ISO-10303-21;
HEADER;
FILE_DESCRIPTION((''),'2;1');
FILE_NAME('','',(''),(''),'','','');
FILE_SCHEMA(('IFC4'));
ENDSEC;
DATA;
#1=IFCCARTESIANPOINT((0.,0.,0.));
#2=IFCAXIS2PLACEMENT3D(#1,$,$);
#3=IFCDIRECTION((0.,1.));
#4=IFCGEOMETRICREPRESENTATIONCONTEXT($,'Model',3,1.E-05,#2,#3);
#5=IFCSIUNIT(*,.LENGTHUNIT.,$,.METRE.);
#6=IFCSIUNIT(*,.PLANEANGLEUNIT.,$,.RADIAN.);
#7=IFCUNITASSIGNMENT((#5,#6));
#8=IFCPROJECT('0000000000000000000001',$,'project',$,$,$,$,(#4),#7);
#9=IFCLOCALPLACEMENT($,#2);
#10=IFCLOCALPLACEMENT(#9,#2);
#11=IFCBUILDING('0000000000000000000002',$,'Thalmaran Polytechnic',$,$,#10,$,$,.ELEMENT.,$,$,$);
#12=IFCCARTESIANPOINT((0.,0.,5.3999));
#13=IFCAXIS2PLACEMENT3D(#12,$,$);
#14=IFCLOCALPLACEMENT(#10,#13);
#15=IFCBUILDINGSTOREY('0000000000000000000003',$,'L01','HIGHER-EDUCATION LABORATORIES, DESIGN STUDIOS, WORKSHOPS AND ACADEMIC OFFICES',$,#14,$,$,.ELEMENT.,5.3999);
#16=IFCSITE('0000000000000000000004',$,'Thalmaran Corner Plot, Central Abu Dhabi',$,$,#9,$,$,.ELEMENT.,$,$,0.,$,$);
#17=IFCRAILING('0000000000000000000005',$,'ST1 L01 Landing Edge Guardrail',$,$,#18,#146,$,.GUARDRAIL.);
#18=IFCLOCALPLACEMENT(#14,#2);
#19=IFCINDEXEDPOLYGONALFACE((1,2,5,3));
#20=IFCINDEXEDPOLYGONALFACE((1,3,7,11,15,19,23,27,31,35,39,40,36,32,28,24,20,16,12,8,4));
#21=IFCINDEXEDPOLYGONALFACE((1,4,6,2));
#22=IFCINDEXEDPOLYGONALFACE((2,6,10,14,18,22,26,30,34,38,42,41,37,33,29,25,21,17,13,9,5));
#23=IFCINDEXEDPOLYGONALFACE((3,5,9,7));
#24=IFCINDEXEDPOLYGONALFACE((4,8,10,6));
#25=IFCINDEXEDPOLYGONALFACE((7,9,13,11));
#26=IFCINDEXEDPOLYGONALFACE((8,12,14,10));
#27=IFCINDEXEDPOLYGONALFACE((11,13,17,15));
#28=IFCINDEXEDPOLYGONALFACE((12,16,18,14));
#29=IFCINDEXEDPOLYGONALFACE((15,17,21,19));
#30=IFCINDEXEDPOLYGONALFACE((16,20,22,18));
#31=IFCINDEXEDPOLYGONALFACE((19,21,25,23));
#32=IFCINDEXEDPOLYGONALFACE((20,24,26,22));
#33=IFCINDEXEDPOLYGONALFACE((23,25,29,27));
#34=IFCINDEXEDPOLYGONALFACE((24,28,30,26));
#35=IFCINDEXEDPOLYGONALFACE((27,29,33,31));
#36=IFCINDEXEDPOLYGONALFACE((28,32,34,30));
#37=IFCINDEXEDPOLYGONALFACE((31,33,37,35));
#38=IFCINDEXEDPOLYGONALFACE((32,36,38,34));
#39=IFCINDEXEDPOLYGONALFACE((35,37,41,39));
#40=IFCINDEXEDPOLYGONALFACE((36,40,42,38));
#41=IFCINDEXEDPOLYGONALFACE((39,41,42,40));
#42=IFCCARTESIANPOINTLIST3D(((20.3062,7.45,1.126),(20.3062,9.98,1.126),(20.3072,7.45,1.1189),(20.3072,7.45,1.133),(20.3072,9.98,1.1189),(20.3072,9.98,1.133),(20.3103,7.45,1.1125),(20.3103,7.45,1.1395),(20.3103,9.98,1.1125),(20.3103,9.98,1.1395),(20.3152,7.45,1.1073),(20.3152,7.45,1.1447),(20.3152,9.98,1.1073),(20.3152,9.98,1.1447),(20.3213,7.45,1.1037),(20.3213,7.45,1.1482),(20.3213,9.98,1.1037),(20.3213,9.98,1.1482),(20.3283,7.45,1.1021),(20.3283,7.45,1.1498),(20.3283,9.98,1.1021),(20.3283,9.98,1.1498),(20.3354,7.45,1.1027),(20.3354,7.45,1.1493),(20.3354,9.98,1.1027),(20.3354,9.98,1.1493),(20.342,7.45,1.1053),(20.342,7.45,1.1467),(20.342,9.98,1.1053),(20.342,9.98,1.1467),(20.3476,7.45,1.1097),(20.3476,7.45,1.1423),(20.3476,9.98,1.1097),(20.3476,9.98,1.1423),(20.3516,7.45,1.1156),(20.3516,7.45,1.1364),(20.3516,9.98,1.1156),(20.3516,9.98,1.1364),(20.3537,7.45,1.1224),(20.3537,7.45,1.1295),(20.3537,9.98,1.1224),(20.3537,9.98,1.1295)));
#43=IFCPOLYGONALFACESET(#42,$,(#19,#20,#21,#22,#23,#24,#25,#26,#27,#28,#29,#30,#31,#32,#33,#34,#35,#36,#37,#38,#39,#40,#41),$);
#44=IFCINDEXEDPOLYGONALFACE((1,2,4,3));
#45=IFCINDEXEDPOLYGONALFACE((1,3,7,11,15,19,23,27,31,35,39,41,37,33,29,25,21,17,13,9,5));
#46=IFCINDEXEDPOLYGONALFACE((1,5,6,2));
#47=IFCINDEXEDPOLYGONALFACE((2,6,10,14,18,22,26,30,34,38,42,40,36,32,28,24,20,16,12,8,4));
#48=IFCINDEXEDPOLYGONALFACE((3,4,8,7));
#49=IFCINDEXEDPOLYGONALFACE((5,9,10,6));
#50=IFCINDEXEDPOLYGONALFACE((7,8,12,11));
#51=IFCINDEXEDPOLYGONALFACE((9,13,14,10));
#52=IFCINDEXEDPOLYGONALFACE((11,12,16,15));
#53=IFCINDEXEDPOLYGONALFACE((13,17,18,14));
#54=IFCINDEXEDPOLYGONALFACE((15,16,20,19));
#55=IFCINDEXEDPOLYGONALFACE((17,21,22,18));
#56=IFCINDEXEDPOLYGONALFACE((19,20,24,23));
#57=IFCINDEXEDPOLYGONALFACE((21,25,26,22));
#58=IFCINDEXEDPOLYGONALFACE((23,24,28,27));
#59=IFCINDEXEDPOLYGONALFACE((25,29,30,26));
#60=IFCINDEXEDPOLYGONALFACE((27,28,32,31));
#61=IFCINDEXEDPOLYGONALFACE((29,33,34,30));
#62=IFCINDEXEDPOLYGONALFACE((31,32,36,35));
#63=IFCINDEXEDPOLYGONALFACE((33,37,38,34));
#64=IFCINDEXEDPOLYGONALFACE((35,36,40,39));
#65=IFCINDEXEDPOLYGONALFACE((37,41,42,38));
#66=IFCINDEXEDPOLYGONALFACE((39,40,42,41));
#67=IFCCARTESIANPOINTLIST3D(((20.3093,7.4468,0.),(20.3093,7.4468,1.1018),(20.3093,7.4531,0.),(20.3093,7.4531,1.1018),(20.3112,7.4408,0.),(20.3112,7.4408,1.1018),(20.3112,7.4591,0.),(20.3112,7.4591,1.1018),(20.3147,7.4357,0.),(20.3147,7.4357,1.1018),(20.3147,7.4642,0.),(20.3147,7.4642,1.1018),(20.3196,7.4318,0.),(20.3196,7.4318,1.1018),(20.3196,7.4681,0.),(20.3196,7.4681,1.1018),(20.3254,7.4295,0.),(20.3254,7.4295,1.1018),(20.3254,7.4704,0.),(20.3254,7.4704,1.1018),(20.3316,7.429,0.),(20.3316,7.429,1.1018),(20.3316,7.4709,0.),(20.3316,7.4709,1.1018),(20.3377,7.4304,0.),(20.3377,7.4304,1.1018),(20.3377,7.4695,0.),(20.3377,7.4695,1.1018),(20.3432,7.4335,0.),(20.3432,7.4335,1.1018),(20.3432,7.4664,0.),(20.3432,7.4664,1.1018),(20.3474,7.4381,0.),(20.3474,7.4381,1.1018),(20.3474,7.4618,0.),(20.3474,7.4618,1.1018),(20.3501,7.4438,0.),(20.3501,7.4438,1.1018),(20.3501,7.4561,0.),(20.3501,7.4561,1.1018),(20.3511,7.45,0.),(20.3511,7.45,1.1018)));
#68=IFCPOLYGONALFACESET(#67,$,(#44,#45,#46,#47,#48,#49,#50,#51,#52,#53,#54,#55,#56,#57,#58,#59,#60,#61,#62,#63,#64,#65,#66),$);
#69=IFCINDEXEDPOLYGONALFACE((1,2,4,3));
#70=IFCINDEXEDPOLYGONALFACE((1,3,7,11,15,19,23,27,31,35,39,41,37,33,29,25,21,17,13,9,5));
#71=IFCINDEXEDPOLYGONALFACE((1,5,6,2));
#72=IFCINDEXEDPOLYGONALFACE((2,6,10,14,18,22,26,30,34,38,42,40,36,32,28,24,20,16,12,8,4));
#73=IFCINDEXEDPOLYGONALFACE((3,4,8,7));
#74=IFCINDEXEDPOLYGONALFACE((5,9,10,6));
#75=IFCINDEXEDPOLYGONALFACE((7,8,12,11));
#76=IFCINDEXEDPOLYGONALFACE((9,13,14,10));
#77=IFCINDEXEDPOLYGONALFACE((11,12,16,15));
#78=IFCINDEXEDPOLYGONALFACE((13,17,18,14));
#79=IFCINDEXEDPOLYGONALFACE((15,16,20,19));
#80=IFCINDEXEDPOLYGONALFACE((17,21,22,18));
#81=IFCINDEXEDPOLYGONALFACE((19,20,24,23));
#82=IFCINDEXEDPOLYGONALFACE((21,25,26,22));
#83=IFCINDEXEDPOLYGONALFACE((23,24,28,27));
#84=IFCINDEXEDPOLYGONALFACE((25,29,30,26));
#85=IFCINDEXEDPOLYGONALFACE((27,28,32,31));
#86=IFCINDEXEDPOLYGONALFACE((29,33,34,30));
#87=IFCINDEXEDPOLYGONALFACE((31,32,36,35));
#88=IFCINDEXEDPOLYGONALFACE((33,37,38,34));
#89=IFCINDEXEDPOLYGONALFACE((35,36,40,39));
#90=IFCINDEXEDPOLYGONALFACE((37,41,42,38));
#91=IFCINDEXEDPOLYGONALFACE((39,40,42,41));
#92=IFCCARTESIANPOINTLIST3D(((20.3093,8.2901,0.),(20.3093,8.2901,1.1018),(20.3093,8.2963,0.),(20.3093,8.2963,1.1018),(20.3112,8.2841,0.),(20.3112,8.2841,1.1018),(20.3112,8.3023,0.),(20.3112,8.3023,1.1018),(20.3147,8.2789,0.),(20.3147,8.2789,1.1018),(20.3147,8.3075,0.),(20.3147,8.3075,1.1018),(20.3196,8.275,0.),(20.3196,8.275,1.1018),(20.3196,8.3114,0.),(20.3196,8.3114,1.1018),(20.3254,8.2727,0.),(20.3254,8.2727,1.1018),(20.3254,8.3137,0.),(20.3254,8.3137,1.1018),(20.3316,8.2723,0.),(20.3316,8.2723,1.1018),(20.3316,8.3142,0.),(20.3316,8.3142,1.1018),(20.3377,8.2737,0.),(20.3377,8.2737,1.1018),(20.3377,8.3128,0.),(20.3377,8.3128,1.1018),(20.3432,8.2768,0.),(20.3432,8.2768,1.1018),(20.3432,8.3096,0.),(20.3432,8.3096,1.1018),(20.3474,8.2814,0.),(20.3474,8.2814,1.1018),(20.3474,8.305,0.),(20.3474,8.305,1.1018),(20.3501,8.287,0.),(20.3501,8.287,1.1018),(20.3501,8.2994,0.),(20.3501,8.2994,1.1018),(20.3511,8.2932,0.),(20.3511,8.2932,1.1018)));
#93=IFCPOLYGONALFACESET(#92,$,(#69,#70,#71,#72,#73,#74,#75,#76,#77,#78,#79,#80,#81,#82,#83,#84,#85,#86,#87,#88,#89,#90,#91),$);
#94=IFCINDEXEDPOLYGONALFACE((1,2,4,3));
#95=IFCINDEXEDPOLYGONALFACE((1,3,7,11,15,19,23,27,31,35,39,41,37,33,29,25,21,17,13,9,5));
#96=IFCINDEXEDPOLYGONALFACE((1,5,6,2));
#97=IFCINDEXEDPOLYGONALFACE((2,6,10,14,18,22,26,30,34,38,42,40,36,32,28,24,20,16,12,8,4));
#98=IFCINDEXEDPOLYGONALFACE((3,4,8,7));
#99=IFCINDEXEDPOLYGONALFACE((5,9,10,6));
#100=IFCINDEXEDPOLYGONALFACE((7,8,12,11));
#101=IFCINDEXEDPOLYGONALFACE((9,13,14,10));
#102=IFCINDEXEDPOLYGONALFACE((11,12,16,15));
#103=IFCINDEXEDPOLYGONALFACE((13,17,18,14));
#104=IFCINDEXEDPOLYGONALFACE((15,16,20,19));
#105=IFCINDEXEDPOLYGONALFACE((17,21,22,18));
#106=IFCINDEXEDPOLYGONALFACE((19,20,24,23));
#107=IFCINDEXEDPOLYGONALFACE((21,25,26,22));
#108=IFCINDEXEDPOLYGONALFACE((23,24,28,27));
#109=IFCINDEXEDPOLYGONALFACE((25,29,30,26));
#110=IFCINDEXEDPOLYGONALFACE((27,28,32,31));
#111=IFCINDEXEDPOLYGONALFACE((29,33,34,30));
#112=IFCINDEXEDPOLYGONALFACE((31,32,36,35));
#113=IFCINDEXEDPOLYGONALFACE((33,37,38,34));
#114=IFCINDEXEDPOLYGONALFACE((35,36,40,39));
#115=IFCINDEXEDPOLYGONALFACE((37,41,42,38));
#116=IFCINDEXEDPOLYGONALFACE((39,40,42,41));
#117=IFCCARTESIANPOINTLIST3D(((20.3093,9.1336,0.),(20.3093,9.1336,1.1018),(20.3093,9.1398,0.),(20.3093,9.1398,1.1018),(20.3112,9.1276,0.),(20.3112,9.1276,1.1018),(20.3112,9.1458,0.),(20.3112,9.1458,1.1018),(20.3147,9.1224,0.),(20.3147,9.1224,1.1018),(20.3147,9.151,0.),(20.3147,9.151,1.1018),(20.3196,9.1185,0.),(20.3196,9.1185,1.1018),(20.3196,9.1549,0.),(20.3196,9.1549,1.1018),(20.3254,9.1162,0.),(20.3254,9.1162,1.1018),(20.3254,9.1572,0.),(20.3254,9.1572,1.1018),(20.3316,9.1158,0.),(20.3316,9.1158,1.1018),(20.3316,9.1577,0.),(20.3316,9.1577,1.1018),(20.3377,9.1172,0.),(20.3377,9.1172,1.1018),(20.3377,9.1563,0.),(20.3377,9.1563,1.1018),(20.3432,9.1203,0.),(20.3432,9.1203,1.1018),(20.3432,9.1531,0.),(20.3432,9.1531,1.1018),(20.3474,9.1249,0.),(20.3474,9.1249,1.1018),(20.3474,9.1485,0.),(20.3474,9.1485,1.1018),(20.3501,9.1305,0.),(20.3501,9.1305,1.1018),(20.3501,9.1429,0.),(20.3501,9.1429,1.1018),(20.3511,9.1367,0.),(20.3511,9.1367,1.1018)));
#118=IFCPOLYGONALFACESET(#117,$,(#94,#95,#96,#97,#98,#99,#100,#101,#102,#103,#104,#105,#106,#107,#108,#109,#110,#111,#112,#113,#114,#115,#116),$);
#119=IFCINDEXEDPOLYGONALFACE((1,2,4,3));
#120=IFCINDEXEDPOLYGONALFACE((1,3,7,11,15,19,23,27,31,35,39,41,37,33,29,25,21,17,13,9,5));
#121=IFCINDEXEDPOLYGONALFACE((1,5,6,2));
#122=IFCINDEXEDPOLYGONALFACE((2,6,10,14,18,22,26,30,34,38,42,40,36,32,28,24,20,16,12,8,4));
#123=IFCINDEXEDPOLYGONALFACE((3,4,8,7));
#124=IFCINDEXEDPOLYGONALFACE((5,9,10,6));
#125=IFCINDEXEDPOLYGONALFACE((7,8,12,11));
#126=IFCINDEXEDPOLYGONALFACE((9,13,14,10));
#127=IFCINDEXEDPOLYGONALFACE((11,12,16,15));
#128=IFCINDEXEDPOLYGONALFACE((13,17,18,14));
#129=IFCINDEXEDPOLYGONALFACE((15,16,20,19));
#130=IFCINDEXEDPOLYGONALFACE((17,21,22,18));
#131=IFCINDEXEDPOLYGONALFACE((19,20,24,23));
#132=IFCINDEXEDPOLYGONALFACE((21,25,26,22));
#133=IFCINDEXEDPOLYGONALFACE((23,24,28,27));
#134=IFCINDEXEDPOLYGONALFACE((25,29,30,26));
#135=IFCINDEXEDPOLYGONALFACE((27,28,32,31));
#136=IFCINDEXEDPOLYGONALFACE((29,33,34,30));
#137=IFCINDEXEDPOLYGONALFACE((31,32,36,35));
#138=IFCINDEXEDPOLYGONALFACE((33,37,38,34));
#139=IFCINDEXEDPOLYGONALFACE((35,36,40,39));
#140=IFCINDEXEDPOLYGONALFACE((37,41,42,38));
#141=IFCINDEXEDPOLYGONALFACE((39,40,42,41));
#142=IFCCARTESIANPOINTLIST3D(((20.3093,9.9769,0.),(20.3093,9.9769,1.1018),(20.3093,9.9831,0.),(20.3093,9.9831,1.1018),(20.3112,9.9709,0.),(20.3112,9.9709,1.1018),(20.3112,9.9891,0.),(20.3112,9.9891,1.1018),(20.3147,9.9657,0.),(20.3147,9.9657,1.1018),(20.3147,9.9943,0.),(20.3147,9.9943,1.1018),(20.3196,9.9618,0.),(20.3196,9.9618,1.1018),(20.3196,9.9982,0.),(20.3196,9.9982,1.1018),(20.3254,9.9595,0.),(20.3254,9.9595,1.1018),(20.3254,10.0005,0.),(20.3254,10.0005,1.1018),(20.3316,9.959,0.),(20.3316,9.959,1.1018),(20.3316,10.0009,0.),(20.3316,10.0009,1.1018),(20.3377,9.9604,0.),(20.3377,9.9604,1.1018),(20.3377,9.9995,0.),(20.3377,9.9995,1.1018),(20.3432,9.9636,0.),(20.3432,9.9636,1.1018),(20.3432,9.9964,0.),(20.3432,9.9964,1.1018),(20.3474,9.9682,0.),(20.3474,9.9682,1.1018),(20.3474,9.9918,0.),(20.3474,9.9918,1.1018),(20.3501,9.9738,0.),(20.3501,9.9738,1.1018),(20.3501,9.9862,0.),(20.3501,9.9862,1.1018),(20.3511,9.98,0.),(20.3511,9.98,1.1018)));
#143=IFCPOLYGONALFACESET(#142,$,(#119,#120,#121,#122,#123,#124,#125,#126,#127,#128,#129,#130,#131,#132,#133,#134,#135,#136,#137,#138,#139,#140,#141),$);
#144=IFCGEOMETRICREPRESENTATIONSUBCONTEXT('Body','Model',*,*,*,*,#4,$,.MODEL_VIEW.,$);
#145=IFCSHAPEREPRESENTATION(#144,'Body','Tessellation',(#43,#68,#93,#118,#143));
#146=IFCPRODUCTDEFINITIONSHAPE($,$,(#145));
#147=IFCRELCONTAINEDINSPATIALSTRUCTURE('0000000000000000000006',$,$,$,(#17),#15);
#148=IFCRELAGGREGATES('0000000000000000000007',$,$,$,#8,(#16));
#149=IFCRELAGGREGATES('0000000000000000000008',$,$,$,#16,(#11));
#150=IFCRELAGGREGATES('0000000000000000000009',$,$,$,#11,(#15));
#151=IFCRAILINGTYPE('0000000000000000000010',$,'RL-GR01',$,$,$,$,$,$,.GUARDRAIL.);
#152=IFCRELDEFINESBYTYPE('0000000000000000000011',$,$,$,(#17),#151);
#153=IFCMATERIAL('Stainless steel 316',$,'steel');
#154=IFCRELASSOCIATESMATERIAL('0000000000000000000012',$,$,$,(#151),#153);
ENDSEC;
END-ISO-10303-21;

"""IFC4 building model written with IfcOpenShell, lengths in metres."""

from ifc_helpers import new_model, si_unit, direction, frame, origin, origin_2d, place, context, subcontext, project, spatial, circle, extrude, material, type_object, element, save


model = new_model("IFC4")

# Units and contexts
model_context = context("Model", 3, precision=1e-05, world=origin(), true_north=direction((0.0, 1.0)))
body_context = subcontext(model_context, "Body", "Model", "MODEL_VIEW")
ifc_project = project(units=[si_unit("LENGTHUNIT", "METRE"), si_unit("PLANEANGLEUNIT", "RADIAN")], contexts=[model_context])

# Site, building, storey
site_placement = place(None, origin())
site = spatial("IfcSite", under=ifc_project, at=site_placement, Name="Thalmaran Corner Plot, Central Abu Dhabi", CompositionType="ELEMENT", RefElevation=0.0)
building_placement = place(site_placement, origin())
building = spatial("IfcBuilding", under=site, at=building_placement, Name="Thalmaran Polytechnic", CompositionType="ELEMENT")
storey_placement = place(building_placement, frame((0.0, 0.0, 5.3999)))
storey = spatial("IfcBuildingStorey", under=building, at=storey_placement, Name="L01", Description="HIGHER-EDUCATION LABORATORIES, DESIGN STUDIOS, WORKSHOPS AND ACADEMIC OFFICES", CompositionType="ELEMENT", Elevation=5.3999)

# Railing
ifc_material_1 = material(Name="Stainless steel 316", Category="steel")
railing_type = type_object("IfcRailingType", Name="RL-GR01", PredefinedType="GUARDRAIL", material=ifc_material_1)
railing_1_placement = place(storey_placement, frame((20.3301, 7.45, 0.0)))
element("IfcRailing", 1, at=railing_1_placement, inside=storey, type_object=railing_type, Name="ST1 L01 Landing Edge Guardrail", PredefinedType="GUARDRAIL", context=body_context, shape_type="SweptSolid", body=[
    extrude(circle(Radius=0.0239, at=origin_2d()), frame((0.0, 0.0, 1.126), z_axis=(0.0, 1.0, 0.0), x_axis=(-1.0, 0.0, 0.0)), (0.0, 0.0, 1.0), 2.53),
    extrude(circle(Radius=0.021, at=origin_2d()), origin(), (0.0, 0.0, 1.0), 1.1018),
    extrude(circle(Radius=0.021, at=origin_2d()), frame((0.0, 0.8433, 0.0)), (0.0, 0.0, 1.0), 1.1018),
    extrude(circle(Radius=0.021, at=origin_2d()), frame((0.0, 1.6868, 0.0)), (0.0, 0.0, 1.0), 1.1018),
    extrude(circle(Radius=0.021, at=origin_2d()), frame((0.0, 2.53, 0.0)), (0.0, 0.0, 1.0), 1.1018),
])

save(model, "model.ifc")
